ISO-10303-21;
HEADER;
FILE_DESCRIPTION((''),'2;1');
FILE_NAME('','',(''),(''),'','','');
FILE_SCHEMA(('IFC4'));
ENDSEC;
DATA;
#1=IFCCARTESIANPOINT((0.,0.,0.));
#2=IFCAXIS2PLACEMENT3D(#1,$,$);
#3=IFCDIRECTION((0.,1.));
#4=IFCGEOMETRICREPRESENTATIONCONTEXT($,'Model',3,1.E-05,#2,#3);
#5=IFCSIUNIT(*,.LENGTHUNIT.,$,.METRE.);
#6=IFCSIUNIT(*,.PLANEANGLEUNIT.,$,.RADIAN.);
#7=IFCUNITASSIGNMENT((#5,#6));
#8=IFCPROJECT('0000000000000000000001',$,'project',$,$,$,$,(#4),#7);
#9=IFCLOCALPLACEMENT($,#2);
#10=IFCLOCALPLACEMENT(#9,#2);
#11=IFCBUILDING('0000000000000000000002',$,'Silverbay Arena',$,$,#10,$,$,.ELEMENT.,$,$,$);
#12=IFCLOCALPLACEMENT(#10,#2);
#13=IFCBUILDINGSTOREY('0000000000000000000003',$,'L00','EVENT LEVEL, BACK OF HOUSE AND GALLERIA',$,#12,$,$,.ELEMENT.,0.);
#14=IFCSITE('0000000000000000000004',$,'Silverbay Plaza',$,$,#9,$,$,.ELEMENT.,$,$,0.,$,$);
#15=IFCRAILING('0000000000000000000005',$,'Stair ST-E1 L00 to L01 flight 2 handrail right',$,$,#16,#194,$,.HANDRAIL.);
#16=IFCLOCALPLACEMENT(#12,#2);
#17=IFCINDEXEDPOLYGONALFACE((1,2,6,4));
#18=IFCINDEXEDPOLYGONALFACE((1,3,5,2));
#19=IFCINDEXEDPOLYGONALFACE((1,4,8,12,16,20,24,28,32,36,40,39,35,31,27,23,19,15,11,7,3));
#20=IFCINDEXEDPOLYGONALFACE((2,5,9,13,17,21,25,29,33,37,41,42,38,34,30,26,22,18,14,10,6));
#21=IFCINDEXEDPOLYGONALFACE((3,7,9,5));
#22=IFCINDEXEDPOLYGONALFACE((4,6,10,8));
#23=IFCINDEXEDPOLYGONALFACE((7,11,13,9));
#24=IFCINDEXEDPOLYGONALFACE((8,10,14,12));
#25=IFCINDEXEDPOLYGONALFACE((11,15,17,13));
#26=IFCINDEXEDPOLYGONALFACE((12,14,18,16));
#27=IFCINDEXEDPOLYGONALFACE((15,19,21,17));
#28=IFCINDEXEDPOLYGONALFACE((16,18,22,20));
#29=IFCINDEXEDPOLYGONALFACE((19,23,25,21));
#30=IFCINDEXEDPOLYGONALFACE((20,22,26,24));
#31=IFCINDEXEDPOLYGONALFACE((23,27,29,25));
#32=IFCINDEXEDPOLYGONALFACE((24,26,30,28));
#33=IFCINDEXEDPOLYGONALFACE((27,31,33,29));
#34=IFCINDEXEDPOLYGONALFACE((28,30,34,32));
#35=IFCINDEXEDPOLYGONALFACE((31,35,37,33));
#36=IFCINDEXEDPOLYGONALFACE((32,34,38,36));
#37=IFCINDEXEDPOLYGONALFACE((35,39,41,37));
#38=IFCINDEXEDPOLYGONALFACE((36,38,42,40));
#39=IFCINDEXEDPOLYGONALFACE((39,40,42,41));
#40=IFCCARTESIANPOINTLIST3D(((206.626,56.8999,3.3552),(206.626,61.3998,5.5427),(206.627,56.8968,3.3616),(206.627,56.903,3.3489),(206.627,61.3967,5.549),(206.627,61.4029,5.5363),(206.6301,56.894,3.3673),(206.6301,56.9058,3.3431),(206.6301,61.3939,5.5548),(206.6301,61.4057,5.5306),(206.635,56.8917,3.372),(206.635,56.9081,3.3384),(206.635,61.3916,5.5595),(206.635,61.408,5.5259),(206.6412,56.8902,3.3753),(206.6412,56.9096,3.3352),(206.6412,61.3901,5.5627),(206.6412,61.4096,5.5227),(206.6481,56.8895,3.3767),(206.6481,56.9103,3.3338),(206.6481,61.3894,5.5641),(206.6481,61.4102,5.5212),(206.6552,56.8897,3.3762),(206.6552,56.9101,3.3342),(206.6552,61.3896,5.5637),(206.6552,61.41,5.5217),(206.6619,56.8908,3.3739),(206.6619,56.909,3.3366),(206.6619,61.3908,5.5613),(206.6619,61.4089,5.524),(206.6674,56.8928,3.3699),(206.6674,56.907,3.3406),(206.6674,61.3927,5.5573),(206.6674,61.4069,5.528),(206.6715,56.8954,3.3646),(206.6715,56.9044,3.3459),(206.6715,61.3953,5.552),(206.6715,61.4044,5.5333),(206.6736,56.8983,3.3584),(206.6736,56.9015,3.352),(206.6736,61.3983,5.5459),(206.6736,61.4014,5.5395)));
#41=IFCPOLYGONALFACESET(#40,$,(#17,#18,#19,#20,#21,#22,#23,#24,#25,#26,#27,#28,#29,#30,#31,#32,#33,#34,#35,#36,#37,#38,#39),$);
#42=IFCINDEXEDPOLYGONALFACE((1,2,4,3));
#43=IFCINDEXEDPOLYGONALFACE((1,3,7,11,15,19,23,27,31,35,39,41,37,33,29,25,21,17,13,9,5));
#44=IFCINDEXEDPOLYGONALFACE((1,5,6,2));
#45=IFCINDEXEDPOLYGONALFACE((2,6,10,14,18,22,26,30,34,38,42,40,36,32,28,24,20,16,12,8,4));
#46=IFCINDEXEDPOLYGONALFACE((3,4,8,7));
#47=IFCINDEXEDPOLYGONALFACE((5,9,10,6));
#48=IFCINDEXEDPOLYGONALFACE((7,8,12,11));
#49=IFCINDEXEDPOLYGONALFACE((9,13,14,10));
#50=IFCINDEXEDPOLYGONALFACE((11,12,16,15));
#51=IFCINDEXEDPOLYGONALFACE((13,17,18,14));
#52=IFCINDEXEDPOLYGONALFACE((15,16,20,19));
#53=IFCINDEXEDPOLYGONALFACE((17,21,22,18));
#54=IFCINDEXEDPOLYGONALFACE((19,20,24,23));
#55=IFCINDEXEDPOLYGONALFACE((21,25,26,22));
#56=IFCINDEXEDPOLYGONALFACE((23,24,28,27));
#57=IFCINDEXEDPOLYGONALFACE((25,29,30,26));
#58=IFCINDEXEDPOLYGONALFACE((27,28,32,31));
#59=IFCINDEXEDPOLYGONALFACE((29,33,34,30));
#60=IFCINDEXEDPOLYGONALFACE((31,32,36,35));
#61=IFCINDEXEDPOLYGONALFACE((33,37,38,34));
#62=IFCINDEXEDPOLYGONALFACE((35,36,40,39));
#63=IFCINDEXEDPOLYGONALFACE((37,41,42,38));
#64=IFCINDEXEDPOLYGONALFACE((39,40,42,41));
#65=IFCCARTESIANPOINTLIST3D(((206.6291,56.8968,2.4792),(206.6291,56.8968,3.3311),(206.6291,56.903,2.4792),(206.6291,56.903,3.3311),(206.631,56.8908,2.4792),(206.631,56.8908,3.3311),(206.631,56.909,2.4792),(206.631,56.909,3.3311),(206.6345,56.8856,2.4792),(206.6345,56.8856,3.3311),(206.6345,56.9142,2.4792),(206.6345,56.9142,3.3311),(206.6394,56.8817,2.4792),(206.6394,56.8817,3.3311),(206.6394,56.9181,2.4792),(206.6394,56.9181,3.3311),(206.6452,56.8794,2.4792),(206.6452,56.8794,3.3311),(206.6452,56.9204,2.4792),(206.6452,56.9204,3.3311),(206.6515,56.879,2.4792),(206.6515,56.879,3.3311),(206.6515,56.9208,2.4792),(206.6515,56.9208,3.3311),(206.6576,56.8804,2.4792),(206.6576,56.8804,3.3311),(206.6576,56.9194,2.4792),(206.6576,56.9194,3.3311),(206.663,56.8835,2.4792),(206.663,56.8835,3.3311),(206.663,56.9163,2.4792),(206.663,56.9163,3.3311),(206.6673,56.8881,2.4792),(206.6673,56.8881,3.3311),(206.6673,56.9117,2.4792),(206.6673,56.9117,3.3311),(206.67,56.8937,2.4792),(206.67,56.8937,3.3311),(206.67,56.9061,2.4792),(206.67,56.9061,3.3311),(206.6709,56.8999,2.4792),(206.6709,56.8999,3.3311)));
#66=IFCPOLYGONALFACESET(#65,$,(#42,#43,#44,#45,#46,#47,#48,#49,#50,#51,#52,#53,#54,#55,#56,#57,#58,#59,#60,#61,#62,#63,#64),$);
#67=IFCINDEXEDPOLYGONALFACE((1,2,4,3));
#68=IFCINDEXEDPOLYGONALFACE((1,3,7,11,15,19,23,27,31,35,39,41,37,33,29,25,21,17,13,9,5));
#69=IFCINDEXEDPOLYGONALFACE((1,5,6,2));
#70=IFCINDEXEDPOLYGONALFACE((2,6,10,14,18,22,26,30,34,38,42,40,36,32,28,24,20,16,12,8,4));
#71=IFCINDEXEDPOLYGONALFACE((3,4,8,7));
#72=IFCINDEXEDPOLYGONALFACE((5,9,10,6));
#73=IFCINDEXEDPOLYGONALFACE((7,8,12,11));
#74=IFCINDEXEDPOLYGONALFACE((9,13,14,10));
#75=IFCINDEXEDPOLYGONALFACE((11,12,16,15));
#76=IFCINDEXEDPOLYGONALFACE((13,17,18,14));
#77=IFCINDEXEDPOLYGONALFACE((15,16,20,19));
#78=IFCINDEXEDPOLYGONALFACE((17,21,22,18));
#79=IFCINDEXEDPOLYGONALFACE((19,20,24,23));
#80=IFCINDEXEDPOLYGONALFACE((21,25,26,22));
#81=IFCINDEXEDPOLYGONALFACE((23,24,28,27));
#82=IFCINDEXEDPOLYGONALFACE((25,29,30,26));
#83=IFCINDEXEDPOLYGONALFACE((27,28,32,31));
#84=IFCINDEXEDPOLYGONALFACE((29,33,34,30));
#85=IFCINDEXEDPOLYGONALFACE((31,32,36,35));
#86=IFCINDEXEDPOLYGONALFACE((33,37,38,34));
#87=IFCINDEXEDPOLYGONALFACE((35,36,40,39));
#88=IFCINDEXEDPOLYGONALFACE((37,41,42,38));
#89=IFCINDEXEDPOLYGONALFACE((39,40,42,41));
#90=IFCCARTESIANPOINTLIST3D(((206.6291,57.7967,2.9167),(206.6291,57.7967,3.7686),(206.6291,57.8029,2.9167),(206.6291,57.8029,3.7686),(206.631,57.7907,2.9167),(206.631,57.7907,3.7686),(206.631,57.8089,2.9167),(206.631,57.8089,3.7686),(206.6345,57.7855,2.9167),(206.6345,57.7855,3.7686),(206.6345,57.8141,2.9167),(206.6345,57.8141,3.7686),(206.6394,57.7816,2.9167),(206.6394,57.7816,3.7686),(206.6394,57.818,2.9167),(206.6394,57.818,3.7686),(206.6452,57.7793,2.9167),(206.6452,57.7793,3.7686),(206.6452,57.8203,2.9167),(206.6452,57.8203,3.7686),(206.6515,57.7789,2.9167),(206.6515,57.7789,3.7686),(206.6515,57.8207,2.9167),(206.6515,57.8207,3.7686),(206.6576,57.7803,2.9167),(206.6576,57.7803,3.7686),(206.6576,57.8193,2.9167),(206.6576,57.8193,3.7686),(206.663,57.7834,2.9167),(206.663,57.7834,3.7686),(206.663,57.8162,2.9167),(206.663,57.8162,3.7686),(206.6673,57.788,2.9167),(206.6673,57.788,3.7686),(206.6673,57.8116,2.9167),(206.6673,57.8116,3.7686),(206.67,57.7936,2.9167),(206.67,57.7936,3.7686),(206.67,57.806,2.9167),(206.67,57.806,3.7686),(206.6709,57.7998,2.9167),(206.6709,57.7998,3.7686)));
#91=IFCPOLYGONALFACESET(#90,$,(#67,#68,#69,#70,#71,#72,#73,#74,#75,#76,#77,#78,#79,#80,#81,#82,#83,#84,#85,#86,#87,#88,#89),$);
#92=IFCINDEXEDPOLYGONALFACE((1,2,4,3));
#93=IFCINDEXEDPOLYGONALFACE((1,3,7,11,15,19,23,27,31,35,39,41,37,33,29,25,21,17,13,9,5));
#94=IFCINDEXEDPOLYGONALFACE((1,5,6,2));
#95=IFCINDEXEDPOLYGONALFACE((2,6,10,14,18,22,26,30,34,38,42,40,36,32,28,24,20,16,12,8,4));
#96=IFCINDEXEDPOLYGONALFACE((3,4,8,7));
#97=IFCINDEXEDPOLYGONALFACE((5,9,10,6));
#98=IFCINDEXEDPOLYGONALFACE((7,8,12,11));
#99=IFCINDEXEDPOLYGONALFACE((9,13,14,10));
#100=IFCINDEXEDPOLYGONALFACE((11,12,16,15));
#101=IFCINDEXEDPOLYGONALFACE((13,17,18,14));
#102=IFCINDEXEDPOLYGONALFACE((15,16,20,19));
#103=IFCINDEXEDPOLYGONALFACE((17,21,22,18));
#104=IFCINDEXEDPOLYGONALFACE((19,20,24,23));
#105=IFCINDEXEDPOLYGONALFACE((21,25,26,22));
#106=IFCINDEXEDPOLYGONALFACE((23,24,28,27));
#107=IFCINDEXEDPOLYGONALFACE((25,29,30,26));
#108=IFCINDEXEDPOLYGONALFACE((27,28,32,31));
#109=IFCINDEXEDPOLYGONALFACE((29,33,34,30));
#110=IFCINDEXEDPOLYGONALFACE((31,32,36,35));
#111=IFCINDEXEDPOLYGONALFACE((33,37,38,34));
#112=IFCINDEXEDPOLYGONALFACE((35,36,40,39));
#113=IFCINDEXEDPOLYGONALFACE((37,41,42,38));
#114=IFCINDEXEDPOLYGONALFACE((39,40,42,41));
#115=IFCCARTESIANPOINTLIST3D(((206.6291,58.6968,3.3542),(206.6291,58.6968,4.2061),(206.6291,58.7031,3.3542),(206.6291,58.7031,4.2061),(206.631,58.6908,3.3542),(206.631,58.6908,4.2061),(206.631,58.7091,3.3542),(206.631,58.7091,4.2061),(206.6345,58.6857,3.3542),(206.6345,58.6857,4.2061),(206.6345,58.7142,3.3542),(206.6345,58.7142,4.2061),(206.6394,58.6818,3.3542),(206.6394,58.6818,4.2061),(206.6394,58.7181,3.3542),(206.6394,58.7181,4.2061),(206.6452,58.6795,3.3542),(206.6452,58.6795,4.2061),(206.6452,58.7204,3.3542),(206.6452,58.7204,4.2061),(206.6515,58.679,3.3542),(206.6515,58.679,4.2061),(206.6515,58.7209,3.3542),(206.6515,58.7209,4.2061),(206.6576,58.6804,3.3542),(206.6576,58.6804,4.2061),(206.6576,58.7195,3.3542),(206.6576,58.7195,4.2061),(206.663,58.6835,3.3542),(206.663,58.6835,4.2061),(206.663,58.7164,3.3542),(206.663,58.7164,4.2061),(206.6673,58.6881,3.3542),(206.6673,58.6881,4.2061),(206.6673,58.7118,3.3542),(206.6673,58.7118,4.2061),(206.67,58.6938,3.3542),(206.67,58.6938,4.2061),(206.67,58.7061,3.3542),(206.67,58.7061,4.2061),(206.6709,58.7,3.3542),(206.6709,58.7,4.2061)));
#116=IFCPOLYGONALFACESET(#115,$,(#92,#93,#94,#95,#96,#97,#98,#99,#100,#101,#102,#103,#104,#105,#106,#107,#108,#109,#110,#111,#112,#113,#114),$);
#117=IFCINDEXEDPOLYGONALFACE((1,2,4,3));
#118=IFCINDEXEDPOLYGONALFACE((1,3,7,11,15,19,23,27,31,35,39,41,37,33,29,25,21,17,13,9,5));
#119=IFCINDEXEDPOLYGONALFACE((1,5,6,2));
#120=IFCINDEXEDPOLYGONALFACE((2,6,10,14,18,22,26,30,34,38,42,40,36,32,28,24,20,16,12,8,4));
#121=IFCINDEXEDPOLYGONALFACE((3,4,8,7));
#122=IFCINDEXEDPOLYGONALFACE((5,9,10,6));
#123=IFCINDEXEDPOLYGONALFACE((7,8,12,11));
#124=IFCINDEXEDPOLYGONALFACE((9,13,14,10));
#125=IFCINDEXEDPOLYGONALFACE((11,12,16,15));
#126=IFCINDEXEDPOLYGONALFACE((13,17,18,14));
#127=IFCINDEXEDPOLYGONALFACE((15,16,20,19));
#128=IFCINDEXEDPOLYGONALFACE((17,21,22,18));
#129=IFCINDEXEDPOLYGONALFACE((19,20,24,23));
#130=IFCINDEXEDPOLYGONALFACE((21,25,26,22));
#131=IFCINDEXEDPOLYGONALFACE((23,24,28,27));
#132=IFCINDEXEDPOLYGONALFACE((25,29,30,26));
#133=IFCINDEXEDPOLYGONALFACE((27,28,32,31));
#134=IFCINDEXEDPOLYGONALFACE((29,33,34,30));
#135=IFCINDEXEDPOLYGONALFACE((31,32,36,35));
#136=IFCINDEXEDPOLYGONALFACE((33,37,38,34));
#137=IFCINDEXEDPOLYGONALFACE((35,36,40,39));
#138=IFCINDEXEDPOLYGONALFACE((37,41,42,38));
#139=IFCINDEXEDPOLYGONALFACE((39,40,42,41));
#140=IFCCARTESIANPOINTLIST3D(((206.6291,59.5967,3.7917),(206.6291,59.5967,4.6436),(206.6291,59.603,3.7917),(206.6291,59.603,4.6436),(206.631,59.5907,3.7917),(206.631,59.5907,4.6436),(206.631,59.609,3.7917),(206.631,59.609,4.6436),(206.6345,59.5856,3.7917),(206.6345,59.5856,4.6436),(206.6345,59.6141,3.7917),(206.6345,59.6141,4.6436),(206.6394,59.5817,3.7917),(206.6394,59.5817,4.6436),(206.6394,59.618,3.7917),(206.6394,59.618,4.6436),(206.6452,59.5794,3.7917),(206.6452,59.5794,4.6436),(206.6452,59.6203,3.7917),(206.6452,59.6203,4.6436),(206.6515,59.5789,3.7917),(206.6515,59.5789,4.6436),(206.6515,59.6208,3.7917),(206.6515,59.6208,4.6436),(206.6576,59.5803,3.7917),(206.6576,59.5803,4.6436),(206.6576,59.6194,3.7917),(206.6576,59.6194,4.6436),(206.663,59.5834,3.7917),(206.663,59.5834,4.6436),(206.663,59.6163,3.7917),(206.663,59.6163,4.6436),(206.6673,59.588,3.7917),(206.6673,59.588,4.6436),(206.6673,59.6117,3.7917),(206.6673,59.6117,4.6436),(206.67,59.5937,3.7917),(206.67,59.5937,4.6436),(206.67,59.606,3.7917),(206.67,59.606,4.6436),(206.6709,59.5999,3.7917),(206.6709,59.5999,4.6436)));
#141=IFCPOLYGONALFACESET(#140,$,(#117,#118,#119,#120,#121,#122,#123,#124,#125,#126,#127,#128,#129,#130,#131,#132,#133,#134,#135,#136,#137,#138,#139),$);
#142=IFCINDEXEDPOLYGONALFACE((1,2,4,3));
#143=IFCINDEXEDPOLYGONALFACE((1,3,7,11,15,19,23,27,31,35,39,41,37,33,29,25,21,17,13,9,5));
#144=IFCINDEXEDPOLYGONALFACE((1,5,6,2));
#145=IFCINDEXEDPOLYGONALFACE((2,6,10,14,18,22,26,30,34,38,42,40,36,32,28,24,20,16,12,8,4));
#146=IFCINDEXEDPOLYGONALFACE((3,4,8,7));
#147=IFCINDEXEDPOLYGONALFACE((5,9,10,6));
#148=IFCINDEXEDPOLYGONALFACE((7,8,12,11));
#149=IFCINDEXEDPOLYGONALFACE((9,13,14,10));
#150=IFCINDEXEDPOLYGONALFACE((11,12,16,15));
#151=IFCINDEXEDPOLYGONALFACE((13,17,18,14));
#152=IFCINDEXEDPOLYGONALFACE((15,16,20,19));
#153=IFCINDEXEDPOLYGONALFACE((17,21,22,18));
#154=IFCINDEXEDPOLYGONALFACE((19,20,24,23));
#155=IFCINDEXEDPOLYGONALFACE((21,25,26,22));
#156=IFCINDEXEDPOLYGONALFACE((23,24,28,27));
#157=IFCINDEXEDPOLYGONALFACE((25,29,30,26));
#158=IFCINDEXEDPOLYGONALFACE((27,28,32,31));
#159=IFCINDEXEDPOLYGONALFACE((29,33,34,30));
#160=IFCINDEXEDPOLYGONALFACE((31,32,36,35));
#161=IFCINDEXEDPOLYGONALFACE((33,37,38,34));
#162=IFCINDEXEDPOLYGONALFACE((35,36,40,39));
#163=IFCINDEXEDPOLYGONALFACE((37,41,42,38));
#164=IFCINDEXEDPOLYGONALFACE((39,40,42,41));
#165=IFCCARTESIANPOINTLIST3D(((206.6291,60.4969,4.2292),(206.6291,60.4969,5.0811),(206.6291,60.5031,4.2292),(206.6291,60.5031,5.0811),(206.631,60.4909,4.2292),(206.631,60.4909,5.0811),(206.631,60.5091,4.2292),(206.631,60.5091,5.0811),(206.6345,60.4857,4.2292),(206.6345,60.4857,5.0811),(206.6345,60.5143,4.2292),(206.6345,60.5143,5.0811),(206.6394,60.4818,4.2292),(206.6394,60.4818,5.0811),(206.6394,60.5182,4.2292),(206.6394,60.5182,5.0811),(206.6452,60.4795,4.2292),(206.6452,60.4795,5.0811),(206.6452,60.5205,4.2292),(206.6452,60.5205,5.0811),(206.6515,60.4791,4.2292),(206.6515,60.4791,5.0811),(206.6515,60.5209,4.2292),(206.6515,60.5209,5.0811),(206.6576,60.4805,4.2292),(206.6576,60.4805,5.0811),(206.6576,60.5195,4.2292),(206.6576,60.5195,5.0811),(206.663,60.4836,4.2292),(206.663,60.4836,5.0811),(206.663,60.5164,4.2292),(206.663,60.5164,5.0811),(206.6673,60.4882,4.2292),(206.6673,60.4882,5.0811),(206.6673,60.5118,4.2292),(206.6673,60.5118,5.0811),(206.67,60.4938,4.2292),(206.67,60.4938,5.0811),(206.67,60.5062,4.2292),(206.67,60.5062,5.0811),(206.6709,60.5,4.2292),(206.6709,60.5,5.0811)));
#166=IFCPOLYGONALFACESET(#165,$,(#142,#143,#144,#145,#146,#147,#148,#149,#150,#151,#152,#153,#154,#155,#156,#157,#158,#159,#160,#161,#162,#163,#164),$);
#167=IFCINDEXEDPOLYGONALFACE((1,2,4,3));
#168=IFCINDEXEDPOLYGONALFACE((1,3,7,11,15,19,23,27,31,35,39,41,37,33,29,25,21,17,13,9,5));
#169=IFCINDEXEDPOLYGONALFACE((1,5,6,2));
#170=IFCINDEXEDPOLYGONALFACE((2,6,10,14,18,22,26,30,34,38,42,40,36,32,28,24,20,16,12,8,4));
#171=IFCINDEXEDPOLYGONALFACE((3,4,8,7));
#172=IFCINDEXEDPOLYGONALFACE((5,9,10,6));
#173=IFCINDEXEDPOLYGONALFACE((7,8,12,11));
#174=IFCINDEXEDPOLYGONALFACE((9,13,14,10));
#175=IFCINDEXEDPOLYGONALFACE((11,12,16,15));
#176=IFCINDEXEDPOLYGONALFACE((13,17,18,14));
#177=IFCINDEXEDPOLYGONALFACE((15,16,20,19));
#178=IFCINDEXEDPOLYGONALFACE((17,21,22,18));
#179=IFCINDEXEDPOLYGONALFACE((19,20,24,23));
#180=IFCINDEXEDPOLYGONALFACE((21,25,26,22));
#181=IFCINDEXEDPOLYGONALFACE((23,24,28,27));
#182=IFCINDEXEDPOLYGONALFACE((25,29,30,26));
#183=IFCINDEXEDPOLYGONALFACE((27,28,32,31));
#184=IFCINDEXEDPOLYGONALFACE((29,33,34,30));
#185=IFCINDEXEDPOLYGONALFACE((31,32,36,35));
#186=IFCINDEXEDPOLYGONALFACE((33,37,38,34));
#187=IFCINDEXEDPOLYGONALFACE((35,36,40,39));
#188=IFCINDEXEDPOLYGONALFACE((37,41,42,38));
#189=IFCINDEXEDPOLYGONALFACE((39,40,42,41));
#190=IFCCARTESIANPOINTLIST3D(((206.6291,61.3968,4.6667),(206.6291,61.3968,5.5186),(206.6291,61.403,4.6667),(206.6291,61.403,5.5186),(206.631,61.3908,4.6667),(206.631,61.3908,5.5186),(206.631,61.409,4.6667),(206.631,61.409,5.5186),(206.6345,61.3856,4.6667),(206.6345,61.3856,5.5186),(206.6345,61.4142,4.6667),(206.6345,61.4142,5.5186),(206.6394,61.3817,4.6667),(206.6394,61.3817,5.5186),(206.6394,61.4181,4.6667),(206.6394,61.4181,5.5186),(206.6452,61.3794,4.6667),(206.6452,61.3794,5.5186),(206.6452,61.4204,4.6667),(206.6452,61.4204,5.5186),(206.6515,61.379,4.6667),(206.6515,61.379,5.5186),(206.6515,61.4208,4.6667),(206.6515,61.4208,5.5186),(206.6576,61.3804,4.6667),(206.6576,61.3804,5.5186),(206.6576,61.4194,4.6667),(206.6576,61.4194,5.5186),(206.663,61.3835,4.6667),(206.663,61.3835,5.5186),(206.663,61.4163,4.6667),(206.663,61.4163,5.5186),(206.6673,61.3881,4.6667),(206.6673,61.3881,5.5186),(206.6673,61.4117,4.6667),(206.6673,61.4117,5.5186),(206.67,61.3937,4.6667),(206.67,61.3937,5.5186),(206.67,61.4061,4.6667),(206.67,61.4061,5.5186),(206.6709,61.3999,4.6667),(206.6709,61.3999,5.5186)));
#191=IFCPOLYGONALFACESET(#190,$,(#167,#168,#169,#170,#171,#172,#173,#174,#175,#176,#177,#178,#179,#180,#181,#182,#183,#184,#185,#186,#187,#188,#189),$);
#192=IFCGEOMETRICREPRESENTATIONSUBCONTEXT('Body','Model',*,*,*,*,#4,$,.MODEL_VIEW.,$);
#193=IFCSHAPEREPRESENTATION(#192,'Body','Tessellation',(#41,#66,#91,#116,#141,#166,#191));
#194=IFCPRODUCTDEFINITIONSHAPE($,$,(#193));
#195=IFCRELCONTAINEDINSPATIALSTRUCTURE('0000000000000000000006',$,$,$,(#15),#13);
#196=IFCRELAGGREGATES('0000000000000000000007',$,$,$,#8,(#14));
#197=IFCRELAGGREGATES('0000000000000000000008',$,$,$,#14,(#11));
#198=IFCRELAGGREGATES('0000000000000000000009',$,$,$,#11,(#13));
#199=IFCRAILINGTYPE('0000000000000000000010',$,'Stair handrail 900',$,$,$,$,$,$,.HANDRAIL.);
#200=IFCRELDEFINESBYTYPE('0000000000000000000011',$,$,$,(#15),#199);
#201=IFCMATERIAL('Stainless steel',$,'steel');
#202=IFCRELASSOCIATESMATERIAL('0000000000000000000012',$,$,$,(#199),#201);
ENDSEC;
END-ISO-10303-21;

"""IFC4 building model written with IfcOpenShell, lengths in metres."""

from ifc_helpers import new_model, si_unit, direction, frame, origin, origin_2d, place, context, subcontext, project, spatial, circle, extrude, material, type_object, element, save


model = new_model("IFC4")

# Units and contexts
model_context = context("Model", 3, precision=1e-05, world=origin(), true_north=direction((0.0, 1.0)))
body_context = subcontext(model_context, "Body", "Model", "MODEL_VIEW")
ifc_project = project(units=[si_unit("LENGTHUNIT", "METRE"), si_unit("PLANEANGLEUNIT", "RADIAN")], contexts=[model_context])

# Site, building, storey
site_placement = place(None, origin())
site = spatial("IfcSite", under=ifc_project, at=site_placement, Name="Silverbay Plaza", CompositionType="ELEMENT", RefElevation=0.0)
building_placement = place(site_placement, origin())
building = spatial("IfcBuilding", under=site, at=building_placement, Name="Silverbay Arena", CompositionType="ELEMENT")
storey_placement = place(building_placement, origin())
storey = spatial("IfcBuildingStorey", under=building, at=storey_placement, Name="L00", Description="EVENT LEVEL, BACK OF HOUSE AND GALLERIA", CompositionType="ELEMENT", Elevation=0.0)

# Railing
ifc_material_1 = material(Name="Stainless steel", Category="steel")
railing_type_1 = type_object("IfcRailingType", Name="Stair handrail 900", PredefinedType="HANDRAIL", material=ifc_material_1)
for number, where, name in (
    (1, (206.6499, 56.8999, 2.4792), "Stair ST-E1 L00 to L01 flight 2 handrail right"),
):
    element("IfcRailing", number, at=place(storey_placement, frame(where)), inside=storey, type_object=railing_type_1, Name=name, PredefinedType="HANDRAIL", context=body_context, shape_type="SweptSolid", body=[
        extrude(circle(Radius=0.0239, at=origin_2d()), frame((0.0, 0.0, 0.876), z_axis=(0.0, 0.899368, 0.437193), x_axis=(-1.0, 0.0, 0.0)), (0.0, 0.0, 1.0), 5.0034),
        extrude(circle(Radius=0.021, at=origin_2d()), origin(), (0.0, 0.0, 1.0), 0.8518),
        extrude(circle(Radius=0.021, at=origin_2d()), frame((0.0, 0.8999, 0.4375)), (0.0, 0.0, 1.0), 0.8518),
        extrude(circle(Radius=0.021, at=origin_2d()), frame((0.0, 1.8, 0.875)), (0.0, 0.0, 1.0), 0.8518),
        extrude(circle(Radius=0.021, at=origin_2d()), frame((0.0, 2.7, 1.3125)), (0.0, 0.0, 1.0), 0.8518),
        extrude(circle(Radius=0.021, at=origin_2d()), frame((0.0, 3.6001, 1.75)), (0.0, 0.0, 1.0), 0.8518),
        extrude(circle(Radius=0.021, at=origin_2d()), frame((0.0, 4.5, 2.1875)), (0.0, 0.0, 1.0), 0.8518),
    ])

save(model, "model.ifc")
